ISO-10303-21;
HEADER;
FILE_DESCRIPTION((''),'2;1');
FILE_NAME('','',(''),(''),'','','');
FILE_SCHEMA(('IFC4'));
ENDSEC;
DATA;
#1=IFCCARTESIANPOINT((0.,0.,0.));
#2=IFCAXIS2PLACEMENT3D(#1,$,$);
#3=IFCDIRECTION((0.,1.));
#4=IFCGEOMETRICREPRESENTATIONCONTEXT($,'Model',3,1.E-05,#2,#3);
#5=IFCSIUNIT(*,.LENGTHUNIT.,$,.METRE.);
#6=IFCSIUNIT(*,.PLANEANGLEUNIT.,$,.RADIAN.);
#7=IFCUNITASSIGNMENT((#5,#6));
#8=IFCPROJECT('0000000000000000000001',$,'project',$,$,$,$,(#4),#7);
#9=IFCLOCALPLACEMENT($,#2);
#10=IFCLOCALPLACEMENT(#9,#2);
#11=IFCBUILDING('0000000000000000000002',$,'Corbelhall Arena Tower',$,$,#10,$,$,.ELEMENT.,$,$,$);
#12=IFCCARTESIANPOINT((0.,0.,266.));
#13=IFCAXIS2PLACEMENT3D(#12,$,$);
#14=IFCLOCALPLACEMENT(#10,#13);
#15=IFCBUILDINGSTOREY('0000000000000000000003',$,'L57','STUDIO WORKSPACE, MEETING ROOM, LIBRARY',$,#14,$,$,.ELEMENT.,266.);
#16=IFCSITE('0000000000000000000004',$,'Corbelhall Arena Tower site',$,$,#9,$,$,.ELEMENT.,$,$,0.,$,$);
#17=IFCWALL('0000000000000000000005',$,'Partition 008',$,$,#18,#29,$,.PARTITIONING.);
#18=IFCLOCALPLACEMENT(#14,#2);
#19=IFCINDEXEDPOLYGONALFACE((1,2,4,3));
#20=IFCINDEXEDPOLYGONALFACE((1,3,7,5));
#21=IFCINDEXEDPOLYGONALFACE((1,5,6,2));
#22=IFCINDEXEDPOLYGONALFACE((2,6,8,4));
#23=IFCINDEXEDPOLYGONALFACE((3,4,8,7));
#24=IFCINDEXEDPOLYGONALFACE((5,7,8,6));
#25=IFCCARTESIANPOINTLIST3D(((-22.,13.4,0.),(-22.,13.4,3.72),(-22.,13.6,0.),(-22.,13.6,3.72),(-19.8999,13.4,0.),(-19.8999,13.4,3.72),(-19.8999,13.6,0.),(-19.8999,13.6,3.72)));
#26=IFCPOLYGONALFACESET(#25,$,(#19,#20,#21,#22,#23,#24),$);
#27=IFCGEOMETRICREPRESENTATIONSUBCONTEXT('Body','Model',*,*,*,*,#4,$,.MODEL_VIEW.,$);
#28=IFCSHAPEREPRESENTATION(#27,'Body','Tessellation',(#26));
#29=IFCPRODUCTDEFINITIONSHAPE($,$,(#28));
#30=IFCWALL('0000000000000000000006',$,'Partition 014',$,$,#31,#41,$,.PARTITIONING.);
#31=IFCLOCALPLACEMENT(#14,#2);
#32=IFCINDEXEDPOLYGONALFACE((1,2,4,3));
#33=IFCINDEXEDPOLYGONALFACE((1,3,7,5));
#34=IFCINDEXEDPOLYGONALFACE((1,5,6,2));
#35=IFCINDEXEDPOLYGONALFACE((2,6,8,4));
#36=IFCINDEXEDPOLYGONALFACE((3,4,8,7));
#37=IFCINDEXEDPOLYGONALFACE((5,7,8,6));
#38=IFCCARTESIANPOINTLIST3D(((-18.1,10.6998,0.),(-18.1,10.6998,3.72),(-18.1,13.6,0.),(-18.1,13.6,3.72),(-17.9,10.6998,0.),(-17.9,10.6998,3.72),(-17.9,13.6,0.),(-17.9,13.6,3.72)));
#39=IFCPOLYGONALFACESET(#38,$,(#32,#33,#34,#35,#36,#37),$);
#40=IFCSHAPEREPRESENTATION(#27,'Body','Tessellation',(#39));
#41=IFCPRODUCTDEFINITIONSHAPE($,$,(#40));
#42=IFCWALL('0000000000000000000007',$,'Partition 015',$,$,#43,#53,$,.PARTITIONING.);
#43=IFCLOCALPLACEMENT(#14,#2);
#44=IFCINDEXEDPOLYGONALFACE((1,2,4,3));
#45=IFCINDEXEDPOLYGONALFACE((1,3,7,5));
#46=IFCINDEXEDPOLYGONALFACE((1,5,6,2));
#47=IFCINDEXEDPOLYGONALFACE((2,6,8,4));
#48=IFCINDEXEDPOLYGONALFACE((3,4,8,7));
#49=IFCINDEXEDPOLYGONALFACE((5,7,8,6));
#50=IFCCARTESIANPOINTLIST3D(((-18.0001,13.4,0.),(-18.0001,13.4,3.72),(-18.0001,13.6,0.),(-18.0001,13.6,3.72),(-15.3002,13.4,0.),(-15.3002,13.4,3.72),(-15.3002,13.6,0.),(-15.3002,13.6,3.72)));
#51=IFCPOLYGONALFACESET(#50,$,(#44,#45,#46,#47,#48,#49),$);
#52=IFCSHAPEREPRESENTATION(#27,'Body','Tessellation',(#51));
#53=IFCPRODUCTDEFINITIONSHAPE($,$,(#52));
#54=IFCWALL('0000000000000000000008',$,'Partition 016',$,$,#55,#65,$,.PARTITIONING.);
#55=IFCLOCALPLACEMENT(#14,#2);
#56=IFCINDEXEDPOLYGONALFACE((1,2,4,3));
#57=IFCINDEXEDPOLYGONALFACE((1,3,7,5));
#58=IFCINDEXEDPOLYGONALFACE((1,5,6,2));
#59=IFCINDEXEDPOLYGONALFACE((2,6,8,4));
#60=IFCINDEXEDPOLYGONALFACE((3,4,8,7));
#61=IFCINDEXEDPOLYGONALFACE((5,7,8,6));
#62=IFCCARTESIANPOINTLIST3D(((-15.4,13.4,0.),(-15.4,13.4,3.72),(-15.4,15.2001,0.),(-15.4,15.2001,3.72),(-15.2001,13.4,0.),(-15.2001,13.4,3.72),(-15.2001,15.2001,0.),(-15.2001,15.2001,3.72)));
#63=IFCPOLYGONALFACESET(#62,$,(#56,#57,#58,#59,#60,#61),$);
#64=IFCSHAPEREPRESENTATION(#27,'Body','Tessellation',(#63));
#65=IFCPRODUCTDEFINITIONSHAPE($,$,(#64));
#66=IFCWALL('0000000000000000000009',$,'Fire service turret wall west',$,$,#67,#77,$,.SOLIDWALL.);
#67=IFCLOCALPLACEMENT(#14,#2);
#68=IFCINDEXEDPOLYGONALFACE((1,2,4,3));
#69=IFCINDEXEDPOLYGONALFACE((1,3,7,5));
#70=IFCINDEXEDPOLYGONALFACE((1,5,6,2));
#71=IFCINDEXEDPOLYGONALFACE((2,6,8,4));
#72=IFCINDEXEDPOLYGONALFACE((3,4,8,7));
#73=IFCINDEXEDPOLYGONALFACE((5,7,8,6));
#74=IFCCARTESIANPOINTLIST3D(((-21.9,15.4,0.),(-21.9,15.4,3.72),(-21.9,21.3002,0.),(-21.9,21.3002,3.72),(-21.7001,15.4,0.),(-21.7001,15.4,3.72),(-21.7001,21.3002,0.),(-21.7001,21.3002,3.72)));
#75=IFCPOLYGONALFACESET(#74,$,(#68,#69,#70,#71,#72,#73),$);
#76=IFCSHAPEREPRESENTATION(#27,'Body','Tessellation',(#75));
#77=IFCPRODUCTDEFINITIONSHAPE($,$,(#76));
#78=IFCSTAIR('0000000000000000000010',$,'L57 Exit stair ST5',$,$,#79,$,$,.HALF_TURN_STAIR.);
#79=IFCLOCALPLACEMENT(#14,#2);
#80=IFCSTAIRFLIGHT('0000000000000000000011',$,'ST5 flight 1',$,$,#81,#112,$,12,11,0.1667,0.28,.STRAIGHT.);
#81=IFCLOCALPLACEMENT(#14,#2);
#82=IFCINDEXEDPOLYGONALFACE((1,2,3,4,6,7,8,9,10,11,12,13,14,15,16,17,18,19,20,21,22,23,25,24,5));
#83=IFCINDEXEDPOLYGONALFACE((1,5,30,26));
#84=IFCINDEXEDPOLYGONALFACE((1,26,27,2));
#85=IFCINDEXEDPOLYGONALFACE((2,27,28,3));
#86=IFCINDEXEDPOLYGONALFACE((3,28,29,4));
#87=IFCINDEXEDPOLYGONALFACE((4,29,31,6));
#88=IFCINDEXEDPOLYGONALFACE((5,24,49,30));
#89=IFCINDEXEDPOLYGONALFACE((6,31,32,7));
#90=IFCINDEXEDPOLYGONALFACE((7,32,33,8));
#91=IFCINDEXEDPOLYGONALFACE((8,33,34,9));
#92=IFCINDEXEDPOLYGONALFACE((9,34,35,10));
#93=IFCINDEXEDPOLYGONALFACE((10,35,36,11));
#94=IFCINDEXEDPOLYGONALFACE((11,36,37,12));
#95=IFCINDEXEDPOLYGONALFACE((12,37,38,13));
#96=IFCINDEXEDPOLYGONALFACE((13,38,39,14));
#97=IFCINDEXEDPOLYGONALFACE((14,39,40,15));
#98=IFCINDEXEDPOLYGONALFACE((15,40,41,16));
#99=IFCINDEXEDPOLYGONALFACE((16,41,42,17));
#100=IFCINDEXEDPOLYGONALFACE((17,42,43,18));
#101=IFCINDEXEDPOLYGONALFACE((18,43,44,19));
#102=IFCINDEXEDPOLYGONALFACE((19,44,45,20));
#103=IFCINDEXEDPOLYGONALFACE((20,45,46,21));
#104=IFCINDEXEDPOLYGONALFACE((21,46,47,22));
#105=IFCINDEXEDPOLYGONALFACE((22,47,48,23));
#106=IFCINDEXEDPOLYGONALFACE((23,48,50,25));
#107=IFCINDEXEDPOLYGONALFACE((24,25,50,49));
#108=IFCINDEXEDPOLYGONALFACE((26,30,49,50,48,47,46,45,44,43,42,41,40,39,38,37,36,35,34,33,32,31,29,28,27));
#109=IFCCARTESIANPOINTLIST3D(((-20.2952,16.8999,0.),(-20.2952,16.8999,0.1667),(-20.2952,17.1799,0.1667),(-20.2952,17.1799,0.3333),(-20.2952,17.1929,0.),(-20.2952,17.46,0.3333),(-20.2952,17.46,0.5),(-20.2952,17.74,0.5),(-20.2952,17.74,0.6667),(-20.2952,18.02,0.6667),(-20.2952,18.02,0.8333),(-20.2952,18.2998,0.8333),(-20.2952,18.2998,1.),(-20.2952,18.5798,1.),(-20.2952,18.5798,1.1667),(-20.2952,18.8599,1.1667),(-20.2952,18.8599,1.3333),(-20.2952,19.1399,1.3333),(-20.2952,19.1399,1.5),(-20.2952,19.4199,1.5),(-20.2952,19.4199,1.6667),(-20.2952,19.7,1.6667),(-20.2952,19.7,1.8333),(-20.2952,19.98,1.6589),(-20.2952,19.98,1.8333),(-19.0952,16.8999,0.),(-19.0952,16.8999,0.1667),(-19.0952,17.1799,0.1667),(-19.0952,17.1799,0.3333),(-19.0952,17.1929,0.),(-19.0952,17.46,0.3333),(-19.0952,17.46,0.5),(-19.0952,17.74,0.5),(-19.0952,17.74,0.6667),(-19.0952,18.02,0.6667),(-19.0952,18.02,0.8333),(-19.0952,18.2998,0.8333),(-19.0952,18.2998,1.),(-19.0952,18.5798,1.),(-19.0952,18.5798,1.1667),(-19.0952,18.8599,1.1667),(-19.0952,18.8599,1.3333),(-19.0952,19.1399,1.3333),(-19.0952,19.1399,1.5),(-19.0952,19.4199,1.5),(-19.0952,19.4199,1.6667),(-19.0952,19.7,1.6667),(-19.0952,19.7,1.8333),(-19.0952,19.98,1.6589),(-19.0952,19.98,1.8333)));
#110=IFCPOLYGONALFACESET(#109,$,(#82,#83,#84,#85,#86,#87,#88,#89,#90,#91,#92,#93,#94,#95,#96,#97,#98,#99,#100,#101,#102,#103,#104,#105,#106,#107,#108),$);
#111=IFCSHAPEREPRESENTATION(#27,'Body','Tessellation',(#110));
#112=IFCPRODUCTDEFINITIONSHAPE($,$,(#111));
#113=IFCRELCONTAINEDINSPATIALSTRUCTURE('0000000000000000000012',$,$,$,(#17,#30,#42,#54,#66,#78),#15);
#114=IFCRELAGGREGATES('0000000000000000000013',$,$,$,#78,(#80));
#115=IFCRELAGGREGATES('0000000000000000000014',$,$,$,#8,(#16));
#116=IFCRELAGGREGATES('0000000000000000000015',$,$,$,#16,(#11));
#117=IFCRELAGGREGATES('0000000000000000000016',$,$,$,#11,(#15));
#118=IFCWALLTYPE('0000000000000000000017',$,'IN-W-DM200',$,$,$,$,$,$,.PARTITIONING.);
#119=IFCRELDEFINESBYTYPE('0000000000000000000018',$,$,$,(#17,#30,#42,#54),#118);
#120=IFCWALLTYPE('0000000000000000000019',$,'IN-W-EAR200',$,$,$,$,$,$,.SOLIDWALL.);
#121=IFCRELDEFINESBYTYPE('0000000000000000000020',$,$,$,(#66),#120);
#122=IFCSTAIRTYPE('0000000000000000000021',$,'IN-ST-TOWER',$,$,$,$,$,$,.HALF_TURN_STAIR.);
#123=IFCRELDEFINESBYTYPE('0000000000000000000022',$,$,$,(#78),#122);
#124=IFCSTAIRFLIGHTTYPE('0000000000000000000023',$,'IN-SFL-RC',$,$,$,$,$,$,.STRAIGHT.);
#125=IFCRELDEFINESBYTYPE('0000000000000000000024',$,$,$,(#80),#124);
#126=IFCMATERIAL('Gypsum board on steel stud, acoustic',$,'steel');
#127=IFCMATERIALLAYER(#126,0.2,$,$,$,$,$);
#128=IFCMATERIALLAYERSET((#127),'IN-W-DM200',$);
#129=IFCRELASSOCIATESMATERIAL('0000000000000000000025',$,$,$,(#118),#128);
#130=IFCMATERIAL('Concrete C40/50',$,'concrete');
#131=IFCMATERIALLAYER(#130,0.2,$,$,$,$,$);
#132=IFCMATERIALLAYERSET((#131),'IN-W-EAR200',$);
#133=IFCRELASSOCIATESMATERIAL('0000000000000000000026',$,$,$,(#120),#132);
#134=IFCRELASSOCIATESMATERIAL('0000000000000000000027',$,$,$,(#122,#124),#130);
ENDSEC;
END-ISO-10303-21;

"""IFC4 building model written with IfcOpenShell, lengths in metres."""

from ifc_helpers import new_model, si_unit, direction, frame, frame_2d, origin, place, context, subcontext, project, spatial, polyline, rectangle, outline, extrude, material, layer, layer_set, type_object, element, aggregate, save


model = new_model("IFC4")

# Units and contexts
model_context = context("Model", 3, precision=1e-05, world=origin(), true_north=direction((0.0, 1.0)))
body_context = subcontext(model_context, "Body", "Model", "MODEL_VIEW")
ifc_project = project(units=[si_unit("LENGTHUNIT", "METRE"), si_unit("PLANEANGLEUNIT", "RADIAN")], contexts=[model_context])

# Site, building, storey
site_placement = place(None, origin())
site = spatial("IfcSite", under=ifc_project, at=site_placement, Name="Corbelhall Arena Tower site", CompositionType="ELEMENT", RefElevation=0.0)
building_placement = place(site_placement, origin())
building = spatial("IfcBuilding", under=site, at=building_placement, Name="Corbelhall Arena Tower", CompositionType="ELEMENT")
storey_placement = place(building_placement, frame((0.0, 0.0, 266.0)))
storey = spatial("IfcBuildingStorey", under=building, at=storey_placement, Name="L57", Description="STUDIO WORKSPACE, MEETING ROOM, LIBRARY", CompositionType="ELEMENT", Elevation=266.0)

# Wall
ifc_material_1 = material(Name="Gypsum board on steel stud, acoustic", Category="steel")
ifc_layer_1 = layer(ifc_material_1, 0.2)
ifc_layer_set_1 = layer_set([ifc_layer_1], Name="IN-W-DM200")
wall_type_1 = type_object("IfcWallType", Name="IN-W-DM200", PredefinedType="PARTITIONING", material=ifc_layer_set_1)
wall_1_placement = place(storey_placement, frame((-19.8999, 13.5, 0.0), z_axis=(0.0, 0.0, 1.0), x_axis=(-1.0, 0.0, 0.0)))
element("IfcWall", 1, at=wall_1_placement, inside=storey, type_object=wall_type_1, Name="Partition 008", PredefinedType="PARTITIONING", context=body_context, shape_type="SweptSolid", body=[
    extrude(rectangle(XDim=2.1001, YDim=0.2, at=frame_2d((1.05, 0.0))), origin(), (0.0, 0.0, 1.0), 3.72),
])

# Walls
wall_2_placement = place(storey_placement, frame((-18.0, 13.6001, 0.0), z_axis=(0.0, 0.0, 1.0), x_axis=(0.0, -1.0, 0.0)))
element("IfcWall", 2, at=wall_2_placement, inside=storey, type_object=wall_type_1, Name="Partition 014", PredefinedType="PARTITIONING", context=body_context, shape_type="SweptSolid", body=[
    extrude(rectangle(XDim=2.9001, YDim=0.2, at=frame_2d((1.4502, 0.0))), origin(), (0.0, 0.0, 1.0), 3.72),
])
wall_3_placement = place(storey_placement, frame((-15.3, 13.5, 0.0), z_axis=(0.0, 0.0, 1.0), x_axis=(-1.0, 0.0, 0.0)))
element("IfcWall", 3, at=wall_3_placement, inside=storey, type_object=wall_type_1, Name="Partition 015", PredefinedType="PARTITIONING", context=body_context, shape_type="SweptSolid", body=[
    extrude(rectangle(XDim=2.7, YDim=0.2, at=frame_2d((1.3501, 0.0))), origin(), (0.0, 0.0, 1.0), 3.72),
])
wall_4_placement = place(storey_placement, frame((-15.3, 15.2, 0.0), z_axis=(0.0, 0.0, 1.0), x_axis=(0.0, -1.0, 0.0)))
element("IfcWall", 4, at=wall_4_placement, inside=storey, type_object=wall_type_1, Name="Partition 016", PredefinedType="PARTITIONING", context=body_context, shape_type="SweptSolid", body=[
    extrude(rectangle(XDim=1.8, YDim=0.2, at=frame_2d((0.8999, 0.0))), origin(), (0.0, 0.0, 1.0), 3.72),
])
ifc_material_2 = material(Name="Concrete C40/50", Category="concrete")
ifc_layer_2 = layer(ifc_material_2, 0.2)
ifc_layer_set_2 = layer_set([ifc_layer_2], Name="IN-W-EAR200")
wall_type_2 = type_object("IfcWallType", Name="IN-W-EAR200", PredefinedType="SOLIDWALL", material=ifc_layer_set_2)
wall_5_placement = place(storey_placement, frame((-21.8, 15.3999, 0.0), z_axis=(0.0, 0.0, 1.0), x_axis=(0.0, 1.0, 0.0)))
element("IfcWall", 5, at=wall_5_placement, inside=storey, type_object=wall_type_2, Name="Fire service turret wall west", PredefinedType="SOLIDWALL", context=body_context, shape_type="SweptSolid", body=[
    extrude(rectangle(XDim=5.9001, YDim=0.2, at=frame_2d((2.9502, 0.0))), origin(), (0.0, 0.0, 1.0), 3.72),
])

# Stair, stair flight
stair_type = type_object("IfcStairType", Name="IN-ST-TOWER", PredefinedType="HALF_TURN_STAIR", material=ifc_material_2)
stair_placement = place(storey_placement, origin())
stair = element("IfcStair", 6, at=stair_placement, inside=storey, type_object=stair_type, Name="L57 Exit stair ST5", PredefinedType="HALF_TURN_STAIR")
stair_flight_type = type_object("IfcStairFlightType", Name="IN-SFL-RC", PredefinedType="STRAIGHT", material=ifc_material_2)
stair_flight_placement = place(storey_placement, frame((-19.6951, 16.8999, 0.0), z_axis=(0.0, 0.0, 1.0), x_axis=(0.0, 1.0, 0.0)))
stair_flight = element("IfcStairFlight", 7, at=stair_flight_placement, type_object=stair_flight_type, Name="ST5 flight 1", NumberOfRisers=12, NumberOfTreads=11, PredefinedType="STRAIGHT", RiserHeight=0.1667, TreadLength=0.28, context=body_context, shape_type="SweptSolid", body=[
    extrude(outline(polyline([(0.0, 0.0), (0.0, 0.1667), (0.28, 0.1667), (0.28, 0.3333), (0.5601, 0.3333), (0.5601, 0.5), (0.8401, 0.5), (0.8401, 0.6667), (1.1201, 0.6667), (1.1201, 0.8333), (1.3999, 0.8333), (1.3999, 1.0), (1.6799, 1.0), (1.6799, 1.1667), (1.96, 1.1667), (1.96, 1.3333), (2.24, 1.3333), (2.24, 1.5), (2.52, 1.5), (2.52, 1.6667), (2.8, 1.6667), (2.8, 1.8333), (3.0801, 1.8333), (3.0801, 2.0), (3.0801, 1.6589), (0.293, 0.0), (0.0, 0.0)])), frame((0.0, 0.6001, 0.0), z_axis=(0.0, -1.0, 0.0), x_axis=(1.0, 0.0, 0.0)), (0.0, 0.0, 1.0), 1.2),
])
aggregate(stair, [stair_flight])

save(model, "model.ifc")
